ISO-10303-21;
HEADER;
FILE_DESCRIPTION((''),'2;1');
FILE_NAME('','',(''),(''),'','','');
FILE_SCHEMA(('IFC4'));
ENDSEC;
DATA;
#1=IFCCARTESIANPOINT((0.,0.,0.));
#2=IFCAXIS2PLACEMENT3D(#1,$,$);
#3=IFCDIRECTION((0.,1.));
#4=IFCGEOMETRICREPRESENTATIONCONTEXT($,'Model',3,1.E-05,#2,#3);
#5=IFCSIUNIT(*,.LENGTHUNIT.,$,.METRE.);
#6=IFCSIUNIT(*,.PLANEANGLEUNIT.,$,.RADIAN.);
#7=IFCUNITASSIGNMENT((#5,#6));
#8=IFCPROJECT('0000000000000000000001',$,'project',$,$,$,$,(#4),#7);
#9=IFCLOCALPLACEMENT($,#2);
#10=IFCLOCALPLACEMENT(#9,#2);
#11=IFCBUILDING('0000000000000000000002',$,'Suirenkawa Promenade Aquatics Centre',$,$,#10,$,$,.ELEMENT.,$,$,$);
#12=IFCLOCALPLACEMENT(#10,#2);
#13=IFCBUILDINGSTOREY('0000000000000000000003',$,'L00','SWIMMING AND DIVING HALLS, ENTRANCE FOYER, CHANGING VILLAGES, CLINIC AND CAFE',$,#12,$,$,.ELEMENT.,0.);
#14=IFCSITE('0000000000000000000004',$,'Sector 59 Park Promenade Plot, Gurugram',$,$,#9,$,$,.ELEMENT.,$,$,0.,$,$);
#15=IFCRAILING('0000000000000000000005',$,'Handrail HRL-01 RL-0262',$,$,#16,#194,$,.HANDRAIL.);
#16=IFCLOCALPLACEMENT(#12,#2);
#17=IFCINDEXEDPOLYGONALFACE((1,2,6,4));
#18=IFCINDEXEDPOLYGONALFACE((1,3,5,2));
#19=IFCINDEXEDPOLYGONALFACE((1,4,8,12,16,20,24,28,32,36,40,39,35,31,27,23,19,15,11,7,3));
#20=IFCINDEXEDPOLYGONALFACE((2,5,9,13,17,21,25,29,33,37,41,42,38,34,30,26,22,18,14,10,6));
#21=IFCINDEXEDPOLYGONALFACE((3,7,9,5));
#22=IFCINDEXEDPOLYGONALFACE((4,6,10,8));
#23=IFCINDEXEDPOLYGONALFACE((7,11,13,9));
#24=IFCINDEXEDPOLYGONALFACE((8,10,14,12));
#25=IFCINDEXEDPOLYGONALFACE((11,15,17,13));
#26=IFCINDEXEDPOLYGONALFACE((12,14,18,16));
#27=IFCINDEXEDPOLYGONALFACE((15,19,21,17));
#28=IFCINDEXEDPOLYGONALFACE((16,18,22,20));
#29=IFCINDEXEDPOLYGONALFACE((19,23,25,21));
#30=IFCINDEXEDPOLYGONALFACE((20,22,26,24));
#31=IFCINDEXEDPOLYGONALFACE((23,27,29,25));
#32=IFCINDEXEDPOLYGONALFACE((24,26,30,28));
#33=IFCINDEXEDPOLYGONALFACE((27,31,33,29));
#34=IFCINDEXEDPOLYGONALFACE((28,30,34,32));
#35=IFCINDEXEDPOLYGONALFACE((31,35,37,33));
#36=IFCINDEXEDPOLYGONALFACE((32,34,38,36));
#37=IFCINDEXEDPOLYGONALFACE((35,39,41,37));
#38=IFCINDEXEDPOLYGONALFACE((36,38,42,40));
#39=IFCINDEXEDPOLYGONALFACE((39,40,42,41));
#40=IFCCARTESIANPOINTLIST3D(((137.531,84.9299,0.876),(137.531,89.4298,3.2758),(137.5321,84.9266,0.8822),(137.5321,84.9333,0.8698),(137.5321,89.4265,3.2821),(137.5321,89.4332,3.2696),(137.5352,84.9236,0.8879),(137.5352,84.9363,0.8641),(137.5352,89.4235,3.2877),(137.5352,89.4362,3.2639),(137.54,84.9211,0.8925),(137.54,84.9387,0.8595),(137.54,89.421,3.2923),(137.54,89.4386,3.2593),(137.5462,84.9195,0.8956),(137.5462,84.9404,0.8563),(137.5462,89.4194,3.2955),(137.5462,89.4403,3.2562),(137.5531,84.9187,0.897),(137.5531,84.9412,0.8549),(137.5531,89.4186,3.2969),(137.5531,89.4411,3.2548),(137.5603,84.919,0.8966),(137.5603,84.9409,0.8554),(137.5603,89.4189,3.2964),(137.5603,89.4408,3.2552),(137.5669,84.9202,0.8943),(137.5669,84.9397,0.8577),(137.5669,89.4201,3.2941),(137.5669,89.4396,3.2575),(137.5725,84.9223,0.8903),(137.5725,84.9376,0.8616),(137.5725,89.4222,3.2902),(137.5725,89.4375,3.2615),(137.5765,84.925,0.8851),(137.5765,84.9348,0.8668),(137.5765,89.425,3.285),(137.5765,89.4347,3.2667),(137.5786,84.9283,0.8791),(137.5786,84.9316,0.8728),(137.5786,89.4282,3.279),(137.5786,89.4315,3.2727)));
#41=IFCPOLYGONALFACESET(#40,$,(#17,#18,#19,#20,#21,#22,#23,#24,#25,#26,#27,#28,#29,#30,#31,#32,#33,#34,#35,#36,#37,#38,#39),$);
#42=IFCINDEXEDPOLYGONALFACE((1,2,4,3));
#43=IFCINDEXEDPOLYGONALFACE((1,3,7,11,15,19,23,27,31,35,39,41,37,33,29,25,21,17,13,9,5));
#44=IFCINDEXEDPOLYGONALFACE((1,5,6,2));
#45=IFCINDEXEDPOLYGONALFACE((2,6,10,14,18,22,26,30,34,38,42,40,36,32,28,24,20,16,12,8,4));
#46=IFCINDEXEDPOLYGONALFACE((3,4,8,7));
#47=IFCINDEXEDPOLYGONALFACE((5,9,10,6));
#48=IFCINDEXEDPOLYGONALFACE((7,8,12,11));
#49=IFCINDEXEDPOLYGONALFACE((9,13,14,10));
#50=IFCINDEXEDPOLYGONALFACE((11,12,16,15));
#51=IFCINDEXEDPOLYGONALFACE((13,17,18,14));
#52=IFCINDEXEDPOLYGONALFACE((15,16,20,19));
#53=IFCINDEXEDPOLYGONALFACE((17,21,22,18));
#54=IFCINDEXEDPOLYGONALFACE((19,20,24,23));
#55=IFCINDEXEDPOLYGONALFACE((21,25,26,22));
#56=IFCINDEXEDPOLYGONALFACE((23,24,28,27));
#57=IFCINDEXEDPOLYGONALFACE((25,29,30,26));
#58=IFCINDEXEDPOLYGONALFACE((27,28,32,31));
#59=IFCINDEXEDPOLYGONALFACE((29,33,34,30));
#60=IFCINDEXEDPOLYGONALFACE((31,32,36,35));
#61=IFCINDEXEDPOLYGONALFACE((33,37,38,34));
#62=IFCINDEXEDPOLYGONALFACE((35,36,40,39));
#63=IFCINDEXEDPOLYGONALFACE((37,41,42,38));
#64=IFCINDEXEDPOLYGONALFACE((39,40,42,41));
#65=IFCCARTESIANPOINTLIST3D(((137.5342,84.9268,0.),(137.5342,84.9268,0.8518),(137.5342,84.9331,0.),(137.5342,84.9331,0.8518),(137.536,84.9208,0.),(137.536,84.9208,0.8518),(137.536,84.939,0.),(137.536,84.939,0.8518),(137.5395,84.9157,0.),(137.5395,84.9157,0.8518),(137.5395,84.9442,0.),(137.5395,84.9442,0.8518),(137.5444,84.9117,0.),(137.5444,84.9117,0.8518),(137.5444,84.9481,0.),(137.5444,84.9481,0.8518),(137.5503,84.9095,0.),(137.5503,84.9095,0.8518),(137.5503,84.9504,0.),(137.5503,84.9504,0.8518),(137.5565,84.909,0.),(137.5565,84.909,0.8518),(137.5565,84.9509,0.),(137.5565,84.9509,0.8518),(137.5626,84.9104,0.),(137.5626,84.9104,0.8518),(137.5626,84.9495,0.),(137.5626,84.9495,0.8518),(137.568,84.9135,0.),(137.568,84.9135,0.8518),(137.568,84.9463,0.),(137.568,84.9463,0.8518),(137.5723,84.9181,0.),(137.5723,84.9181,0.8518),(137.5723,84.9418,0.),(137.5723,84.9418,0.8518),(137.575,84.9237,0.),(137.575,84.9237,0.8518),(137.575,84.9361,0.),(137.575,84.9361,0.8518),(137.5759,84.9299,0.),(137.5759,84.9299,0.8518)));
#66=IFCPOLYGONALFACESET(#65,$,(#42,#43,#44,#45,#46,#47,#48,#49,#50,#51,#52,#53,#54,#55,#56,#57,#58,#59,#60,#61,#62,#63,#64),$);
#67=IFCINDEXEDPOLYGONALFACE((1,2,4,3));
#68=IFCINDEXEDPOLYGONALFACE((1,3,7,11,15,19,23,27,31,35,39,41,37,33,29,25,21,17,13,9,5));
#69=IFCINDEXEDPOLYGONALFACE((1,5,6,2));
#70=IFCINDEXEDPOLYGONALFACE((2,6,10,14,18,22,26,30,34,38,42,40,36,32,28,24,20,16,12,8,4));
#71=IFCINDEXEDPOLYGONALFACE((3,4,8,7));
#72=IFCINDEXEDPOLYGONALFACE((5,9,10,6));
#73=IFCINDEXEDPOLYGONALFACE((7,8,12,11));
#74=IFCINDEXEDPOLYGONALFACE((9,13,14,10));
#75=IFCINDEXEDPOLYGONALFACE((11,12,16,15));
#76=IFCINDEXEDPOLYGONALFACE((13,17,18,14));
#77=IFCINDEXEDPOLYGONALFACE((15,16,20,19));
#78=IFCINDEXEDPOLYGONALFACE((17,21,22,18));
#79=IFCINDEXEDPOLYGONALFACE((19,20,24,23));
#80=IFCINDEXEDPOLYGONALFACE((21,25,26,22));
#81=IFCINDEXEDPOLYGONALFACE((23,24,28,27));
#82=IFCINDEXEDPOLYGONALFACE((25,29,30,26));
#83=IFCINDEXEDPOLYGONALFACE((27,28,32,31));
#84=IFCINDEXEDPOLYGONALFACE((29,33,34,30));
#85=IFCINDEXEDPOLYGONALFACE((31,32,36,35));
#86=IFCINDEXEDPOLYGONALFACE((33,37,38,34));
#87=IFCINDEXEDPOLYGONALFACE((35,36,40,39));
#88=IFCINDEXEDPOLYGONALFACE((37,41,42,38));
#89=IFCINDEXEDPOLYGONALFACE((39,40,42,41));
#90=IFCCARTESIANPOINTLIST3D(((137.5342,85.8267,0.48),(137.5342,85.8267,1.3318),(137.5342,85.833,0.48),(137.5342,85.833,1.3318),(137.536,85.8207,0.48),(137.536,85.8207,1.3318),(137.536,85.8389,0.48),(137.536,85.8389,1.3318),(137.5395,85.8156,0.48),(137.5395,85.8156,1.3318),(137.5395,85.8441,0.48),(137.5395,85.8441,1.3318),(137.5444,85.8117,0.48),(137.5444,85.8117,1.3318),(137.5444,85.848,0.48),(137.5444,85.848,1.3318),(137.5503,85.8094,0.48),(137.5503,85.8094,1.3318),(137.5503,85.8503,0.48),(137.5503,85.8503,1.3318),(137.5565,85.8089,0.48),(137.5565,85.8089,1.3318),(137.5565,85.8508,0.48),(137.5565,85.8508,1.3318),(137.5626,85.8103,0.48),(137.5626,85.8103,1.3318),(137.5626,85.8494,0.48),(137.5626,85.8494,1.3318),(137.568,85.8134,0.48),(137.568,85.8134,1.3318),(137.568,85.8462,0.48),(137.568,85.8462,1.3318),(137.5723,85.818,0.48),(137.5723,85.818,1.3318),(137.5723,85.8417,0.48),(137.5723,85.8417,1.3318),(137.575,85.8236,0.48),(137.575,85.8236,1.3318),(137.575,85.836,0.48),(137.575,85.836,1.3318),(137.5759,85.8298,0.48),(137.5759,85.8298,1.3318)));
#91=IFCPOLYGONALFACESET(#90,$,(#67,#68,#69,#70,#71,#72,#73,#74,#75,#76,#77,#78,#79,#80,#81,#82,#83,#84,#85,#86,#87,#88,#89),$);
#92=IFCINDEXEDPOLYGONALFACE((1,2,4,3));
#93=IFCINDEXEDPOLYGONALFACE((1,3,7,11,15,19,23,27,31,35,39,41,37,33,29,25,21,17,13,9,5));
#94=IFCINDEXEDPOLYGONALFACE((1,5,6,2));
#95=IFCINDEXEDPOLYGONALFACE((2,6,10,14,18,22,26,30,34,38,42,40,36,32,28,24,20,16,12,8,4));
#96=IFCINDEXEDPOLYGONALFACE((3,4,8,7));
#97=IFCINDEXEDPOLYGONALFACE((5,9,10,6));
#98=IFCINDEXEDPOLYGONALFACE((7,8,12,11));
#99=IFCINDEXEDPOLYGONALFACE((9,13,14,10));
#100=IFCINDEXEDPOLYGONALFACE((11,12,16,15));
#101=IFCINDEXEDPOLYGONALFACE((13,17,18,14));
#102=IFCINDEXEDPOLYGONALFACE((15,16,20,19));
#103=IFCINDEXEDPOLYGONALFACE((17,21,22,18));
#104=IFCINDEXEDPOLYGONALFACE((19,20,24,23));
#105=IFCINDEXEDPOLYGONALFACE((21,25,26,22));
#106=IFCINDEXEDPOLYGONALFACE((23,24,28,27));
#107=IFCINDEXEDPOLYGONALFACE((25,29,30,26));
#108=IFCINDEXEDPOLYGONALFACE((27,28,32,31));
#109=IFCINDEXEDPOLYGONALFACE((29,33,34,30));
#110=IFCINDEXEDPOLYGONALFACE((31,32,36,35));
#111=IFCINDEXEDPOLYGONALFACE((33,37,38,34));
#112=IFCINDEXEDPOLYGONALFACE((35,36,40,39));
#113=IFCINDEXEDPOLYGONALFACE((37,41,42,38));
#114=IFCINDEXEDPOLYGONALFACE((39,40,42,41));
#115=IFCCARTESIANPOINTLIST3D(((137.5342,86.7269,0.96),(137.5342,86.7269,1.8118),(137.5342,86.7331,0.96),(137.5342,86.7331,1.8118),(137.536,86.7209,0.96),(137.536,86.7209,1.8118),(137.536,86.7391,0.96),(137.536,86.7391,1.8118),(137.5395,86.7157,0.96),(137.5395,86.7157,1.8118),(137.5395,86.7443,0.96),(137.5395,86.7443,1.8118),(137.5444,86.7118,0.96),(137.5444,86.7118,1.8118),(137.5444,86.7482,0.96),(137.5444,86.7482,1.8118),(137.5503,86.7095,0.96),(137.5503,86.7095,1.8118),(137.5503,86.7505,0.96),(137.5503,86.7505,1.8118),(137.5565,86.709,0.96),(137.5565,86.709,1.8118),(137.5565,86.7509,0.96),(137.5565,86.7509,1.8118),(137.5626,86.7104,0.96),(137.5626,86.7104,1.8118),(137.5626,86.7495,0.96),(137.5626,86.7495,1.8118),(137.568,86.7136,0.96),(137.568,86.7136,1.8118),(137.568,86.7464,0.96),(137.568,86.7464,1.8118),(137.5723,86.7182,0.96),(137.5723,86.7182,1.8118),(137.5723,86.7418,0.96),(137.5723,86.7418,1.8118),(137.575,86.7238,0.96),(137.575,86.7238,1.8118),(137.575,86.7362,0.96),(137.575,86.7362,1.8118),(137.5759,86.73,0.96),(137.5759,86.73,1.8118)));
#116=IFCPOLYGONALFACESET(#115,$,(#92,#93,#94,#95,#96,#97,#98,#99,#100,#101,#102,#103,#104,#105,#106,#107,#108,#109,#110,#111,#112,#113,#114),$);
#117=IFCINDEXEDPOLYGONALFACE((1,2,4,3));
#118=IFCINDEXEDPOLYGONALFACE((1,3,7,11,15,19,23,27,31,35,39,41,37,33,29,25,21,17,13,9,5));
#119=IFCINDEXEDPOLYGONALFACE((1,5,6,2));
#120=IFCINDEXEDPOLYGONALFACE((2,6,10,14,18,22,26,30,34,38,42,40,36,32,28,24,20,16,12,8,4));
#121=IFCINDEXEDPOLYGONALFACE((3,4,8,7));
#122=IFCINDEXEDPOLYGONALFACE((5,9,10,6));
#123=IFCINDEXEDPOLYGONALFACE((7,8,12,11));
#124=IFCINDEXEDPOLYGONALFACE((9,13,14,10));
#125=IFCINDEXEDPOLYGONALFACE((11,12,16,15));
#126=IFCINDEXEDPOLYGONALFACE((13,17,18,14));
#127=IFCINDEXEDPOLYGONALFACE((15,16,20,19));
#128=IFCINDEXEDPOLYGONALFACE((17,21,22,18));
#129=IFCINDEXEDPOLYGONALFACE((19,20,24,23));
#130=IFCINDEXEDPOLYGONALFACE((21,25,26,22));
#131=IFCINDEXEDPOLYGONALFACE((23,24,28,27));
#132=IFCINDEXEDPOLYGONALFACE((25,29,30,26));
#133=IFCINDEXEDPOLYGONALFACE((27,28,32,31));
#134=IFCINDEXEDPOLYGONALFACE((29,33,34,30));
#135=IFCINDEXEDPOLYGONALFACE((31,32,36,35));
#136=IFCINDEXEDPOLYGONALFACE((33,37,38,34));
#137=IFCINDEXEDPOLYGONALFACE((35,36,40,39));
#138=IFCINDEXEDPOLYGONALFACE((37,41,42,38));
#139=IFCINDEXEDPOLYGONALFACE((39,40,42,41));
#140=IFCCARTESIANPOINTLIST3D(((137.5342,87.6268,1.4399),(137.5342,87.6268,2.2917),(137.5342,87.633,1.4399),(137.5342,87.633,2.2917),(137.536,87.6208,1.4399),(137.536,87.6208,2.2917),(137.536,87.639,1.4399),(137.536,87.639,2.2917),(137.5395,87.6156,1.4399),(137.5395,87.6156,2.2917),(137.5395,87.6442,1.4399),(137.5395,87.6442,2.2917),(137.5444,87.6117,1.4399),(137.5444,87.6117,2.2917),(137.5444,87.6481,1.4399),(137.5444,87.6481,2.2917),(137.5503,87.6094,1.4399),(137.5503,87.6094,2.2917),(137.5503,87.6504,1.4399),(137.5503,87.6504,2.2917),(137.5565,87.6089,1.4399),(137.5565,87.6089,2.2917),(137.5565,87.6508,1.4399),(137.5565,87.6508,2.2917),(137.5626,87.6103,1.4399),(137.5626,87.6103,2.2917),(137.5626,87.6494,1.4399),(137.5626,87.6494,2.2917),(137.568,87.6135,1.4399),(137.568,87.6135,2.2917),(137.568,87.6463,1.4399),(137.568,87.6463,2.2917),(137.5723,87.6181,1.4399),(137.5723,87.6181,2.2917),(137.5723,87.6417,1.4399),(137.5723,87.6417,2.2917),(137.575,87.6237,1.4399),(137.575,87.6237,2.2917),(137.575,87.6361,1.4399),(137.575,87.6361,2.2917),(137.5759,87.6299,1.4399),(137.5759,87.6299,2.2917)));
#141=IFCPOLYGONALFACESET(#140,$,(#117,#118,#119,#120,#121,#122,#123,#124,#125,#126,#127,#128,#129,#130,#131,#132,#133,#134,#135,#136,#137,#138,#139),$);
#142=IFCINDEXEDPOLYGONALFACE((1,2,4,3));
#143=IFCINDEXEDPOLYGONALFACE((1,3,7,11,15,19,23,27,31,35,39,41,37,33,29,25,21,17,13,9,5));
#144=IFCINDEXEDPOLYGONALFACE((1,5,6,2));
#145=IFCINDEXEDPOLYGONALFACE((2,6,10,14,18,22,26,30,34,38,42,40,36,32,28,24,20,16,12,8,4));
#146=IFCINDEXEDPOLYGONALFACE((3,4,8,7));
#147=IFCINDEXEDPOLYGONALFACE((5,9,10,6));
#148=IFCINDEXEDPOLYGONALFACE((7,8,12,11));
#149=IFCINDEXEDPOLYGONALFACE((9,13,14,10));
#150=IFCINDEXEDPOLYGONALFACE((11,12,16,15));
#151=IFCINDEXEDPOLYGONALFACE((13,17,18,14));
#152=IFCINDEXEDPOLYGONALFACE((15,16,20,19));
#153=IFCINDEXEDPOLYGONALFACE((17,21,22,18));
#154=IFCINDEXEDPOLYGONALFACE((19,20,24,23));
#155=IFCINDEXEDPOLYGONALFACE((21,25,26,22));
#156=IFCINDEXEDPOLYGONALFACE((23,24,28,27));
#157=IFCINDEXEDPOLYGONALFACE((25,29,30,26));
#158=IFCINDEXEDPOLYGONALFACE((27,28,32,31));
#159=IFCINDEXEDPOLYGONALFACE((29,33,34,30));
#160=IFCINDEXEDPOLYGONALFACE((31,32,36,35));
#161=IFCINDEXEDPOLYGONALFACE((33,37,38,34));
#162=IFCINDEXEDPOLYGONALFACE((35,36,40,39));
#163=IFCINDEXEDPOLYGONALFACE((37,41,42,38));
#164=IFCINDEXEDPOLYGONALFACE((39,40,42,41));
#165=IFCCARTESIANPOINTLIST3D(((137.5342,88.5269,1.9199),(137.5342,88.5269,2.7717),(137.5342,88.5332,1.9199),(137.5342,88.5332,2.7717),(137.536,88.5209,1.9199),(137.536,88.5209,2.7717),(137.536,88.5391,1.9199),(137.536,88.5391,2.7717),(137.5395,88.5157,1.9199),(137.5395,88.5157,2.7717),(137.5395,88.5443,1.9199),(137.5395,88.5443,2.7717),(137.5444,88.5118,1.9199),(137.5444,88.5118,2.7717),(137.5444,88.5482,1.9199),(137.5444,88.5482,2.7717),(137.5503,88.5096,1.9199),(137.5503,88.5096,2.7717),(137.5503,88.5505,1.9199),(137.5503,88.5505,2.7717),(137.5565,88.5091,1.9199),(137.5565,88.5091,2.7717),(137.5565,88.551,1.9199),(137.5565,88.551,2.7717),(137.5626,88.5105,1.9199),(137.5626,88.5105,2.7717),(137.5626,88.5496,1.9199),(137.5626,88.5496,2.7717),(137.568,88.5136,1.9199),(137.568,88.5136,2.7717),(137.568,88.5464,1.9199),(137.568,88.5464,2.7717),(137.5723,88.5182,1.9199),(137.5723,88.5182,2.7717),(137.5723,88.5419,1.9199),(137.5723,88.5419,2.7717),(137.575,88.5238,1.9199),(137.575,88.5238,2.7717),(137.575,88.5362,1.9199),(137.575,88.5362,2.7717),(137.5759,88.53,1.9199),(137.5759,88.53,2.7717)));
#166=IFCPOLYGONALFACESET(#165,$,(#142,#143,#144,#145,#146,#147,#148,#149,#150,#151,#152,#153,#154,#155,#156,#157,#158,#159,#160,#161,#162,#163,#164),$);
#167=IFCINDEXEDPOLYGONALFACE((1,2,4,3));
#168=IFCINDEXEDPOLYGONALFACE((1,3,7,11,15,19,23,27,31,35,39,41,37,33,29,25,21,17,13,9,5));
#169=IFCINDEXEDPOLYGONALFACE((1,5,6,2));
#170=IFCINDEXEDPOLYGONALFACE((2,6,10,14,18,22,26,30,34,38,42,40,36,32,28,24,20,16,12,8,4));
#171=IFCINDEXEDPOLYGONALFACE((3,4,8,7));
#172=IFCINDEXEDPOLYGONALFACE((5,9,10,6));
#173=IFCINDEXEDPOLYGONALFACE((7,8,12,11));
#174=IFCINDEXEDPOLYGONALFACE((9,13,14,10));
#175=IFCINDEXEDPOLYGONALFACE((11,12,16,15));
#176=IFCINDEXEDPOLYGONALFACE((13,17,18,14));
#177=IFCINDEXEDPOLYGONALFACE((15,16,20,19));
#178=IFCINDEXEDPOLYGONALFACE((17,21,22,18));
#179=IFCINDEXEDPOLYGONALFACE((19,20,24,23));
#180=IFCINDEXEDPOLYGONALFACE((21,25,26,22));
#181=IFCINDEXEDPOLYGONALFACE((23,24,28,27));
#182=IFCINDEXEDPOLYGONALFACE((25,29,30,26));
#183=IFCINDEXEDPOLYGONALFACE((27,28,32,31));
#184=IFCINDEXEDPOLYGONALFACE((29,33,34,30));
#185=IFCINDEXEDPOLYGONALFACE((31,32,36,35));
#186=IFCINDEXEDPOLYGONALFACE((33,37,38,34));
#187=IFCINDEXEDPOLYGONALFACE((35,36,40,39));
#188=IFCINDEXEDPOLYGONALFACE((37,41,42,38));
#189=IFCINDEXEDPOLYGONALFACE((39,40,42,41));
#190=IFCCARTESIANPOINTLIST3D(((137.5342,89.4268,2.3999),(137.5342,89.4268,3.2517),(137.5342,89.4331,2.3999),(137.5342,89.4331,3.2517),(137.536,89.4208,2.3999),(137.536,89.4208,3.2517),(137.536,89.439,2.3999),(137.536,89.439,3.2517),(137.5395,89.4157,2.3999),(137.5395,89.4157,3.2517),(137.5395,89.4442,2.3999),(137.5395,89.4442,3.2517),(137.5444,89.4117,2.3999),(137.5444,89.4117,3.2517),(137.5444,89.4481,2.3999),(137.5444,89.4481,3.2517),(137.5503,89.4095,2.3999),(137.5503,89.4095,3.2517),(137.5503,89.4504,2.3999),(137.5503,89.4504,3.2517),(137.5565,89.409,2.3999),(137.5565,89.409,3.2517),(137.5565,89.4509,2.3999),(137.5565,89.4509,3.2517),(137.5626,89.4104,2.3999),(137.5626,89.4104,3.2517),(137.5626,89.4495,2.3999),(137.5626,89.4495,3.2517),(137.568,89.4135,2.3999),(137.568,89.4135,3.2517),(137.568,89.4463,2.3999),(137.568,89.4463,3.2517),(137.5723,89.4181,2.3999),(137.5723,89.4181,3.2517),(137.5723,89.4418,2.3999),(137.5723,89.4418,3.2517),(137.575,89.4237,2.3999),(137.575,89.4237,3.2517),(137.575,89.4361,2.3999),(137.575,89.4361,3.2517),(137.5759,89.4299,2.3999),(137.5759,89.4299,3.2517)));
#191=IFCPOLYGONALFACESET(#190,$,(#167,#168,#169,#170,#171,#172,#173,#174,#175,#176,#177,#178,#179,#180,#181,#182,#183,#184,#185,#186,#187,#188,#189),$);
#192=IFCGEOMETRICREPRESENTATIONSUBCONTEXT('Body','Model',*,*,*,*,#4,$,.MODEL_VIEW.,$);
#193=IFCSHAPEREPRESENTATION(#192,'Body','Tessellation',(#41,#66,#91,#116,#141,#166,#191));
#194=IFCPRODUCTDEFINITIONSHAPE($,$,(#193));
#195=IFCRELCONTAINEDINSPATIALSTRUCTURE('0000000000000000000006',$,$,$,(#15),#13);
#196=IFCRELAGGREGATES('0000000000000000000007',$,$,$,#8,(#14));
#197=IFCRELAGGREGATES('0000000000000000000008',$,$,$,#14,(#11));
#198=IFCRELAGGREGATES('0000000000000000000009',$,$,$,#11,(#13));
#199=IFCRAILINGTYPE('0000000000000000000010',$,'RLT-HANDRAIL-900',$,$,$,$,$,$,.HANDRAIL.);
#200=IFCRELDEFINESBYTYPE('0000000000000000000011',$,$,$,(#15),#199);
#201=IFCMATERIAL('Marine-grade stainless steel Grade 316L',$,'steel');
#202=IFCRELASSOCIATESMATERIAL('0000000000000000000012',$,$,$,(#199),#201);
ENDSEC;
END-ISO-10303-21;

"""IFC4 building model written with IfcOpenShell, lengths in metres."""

from ifc_helpers import new_model, si_unit, direction, frame, origin, origin_2d, place, context, subcontext, project, spatial, circle, extrude, material, type_object, element, save


model = new_model("IFC4")

# Units and contexts
model_context = context("Model", 3, precision=1e-05, world=origin(), true_north=direction((0.0, 1.0)))
body_context = subcontext(model_context, "Body", "Model", "MODEL_VIEW")
ifc_project = project(units=[si_unit("LENGTHUNIT", "METRE"), si_unit("PLANEANGLEUNIT", "RADIAN")], contexts=[model_context])

# Site, building, storey
site_placement = place(None, origin())
site = spatial("IfcSite", under=ifc_project, at=site_placement, Name="Sector 59 Park Promenade Plot, Gurugram", CompositionType="ELEMENT", RefElevation=0.0)
building_placement = place(site_placement, origin())
building = spatial("IfcBuilding", under=site, at=building_placement, Name="Suirenkawa Promenade Aquatics Centre", CompositionType="ELEMENT")
storey_placement = place(building_placement, origin())
storey = spatial("IfcBuildingStorey", under=building, at=storey_placement, Name="L00", Description="SWIMMING AND DIVING HALLS, ENTRANCE FOYER, CHANGING VILLAGES, CLINIC AND CAFE", CompositionType="ELEMENT", Elevation=0.0)

# Railing
ifc_material_1 = material(Name="Marine-grade stainless steel Grade 316L", Category="steel")
railing_type_1 = type_object("IfcRailingType", Name="RLT-HANDRAIL-900", PredefinedType="HANDRAIL", material=ifc_material_1)
for number, where, name in (
    (1, (137.5549, 84.9299, 0.0), "Handrail HRL-01 RL-0262"),
):
    element("IfcRailing", number, at=place(storey_placement, frame(where)), inside=storey, type_object=railing_type_1, Name=name, PredefinedType="HANDRAIL", context=body_context, shape_type="SweptSolid", body=[
        extrude(circle(Radius=0.0239, at=origin_2d()), frame((0.0, 0.0, 0.876), z_axis=(0.0, 0.882361, 0.470573), x_axis=(-1.0, 0.0, 0.0)), (0.0, 0.0, 1.0), 5.0999),
        extrude(circle(Radius=0.021, at=origin_2d()), origin(), (0.0, 0.0, 1.0), 0.8518),
        extrude(circle(Radius=0.021, at=origin_2d()), frame((0.0, 0.8999, 0.48)), (0.0, 0.0, 1.0), 0.8518),
        extrude(circle(Radius=0.021, at=origin_2d()), frame((0.0, 1.8, 0.96)), (0.0, 0.0, 1.0), 0.8518),
        extrude(circle(Radius=0.021, at=origin_2d()), frame((0.0, 2.7, 1.4399)), (0.0, 0.0, 1.0), 0.8518),
        extrude(circle(Radius=0.021, at=origin_2d()), frame((0.0, 3.6001, 1.9199)), (0.0, 0.0, 1.0), 0.8518),
        extrude(circle(Radius=0.021, at=origin_2d()), frame((0.0, 4.5, 2.3999)), (0.0, 0.0, 1.0), 0.8518),
    ])

save(model, "model.ifc")
